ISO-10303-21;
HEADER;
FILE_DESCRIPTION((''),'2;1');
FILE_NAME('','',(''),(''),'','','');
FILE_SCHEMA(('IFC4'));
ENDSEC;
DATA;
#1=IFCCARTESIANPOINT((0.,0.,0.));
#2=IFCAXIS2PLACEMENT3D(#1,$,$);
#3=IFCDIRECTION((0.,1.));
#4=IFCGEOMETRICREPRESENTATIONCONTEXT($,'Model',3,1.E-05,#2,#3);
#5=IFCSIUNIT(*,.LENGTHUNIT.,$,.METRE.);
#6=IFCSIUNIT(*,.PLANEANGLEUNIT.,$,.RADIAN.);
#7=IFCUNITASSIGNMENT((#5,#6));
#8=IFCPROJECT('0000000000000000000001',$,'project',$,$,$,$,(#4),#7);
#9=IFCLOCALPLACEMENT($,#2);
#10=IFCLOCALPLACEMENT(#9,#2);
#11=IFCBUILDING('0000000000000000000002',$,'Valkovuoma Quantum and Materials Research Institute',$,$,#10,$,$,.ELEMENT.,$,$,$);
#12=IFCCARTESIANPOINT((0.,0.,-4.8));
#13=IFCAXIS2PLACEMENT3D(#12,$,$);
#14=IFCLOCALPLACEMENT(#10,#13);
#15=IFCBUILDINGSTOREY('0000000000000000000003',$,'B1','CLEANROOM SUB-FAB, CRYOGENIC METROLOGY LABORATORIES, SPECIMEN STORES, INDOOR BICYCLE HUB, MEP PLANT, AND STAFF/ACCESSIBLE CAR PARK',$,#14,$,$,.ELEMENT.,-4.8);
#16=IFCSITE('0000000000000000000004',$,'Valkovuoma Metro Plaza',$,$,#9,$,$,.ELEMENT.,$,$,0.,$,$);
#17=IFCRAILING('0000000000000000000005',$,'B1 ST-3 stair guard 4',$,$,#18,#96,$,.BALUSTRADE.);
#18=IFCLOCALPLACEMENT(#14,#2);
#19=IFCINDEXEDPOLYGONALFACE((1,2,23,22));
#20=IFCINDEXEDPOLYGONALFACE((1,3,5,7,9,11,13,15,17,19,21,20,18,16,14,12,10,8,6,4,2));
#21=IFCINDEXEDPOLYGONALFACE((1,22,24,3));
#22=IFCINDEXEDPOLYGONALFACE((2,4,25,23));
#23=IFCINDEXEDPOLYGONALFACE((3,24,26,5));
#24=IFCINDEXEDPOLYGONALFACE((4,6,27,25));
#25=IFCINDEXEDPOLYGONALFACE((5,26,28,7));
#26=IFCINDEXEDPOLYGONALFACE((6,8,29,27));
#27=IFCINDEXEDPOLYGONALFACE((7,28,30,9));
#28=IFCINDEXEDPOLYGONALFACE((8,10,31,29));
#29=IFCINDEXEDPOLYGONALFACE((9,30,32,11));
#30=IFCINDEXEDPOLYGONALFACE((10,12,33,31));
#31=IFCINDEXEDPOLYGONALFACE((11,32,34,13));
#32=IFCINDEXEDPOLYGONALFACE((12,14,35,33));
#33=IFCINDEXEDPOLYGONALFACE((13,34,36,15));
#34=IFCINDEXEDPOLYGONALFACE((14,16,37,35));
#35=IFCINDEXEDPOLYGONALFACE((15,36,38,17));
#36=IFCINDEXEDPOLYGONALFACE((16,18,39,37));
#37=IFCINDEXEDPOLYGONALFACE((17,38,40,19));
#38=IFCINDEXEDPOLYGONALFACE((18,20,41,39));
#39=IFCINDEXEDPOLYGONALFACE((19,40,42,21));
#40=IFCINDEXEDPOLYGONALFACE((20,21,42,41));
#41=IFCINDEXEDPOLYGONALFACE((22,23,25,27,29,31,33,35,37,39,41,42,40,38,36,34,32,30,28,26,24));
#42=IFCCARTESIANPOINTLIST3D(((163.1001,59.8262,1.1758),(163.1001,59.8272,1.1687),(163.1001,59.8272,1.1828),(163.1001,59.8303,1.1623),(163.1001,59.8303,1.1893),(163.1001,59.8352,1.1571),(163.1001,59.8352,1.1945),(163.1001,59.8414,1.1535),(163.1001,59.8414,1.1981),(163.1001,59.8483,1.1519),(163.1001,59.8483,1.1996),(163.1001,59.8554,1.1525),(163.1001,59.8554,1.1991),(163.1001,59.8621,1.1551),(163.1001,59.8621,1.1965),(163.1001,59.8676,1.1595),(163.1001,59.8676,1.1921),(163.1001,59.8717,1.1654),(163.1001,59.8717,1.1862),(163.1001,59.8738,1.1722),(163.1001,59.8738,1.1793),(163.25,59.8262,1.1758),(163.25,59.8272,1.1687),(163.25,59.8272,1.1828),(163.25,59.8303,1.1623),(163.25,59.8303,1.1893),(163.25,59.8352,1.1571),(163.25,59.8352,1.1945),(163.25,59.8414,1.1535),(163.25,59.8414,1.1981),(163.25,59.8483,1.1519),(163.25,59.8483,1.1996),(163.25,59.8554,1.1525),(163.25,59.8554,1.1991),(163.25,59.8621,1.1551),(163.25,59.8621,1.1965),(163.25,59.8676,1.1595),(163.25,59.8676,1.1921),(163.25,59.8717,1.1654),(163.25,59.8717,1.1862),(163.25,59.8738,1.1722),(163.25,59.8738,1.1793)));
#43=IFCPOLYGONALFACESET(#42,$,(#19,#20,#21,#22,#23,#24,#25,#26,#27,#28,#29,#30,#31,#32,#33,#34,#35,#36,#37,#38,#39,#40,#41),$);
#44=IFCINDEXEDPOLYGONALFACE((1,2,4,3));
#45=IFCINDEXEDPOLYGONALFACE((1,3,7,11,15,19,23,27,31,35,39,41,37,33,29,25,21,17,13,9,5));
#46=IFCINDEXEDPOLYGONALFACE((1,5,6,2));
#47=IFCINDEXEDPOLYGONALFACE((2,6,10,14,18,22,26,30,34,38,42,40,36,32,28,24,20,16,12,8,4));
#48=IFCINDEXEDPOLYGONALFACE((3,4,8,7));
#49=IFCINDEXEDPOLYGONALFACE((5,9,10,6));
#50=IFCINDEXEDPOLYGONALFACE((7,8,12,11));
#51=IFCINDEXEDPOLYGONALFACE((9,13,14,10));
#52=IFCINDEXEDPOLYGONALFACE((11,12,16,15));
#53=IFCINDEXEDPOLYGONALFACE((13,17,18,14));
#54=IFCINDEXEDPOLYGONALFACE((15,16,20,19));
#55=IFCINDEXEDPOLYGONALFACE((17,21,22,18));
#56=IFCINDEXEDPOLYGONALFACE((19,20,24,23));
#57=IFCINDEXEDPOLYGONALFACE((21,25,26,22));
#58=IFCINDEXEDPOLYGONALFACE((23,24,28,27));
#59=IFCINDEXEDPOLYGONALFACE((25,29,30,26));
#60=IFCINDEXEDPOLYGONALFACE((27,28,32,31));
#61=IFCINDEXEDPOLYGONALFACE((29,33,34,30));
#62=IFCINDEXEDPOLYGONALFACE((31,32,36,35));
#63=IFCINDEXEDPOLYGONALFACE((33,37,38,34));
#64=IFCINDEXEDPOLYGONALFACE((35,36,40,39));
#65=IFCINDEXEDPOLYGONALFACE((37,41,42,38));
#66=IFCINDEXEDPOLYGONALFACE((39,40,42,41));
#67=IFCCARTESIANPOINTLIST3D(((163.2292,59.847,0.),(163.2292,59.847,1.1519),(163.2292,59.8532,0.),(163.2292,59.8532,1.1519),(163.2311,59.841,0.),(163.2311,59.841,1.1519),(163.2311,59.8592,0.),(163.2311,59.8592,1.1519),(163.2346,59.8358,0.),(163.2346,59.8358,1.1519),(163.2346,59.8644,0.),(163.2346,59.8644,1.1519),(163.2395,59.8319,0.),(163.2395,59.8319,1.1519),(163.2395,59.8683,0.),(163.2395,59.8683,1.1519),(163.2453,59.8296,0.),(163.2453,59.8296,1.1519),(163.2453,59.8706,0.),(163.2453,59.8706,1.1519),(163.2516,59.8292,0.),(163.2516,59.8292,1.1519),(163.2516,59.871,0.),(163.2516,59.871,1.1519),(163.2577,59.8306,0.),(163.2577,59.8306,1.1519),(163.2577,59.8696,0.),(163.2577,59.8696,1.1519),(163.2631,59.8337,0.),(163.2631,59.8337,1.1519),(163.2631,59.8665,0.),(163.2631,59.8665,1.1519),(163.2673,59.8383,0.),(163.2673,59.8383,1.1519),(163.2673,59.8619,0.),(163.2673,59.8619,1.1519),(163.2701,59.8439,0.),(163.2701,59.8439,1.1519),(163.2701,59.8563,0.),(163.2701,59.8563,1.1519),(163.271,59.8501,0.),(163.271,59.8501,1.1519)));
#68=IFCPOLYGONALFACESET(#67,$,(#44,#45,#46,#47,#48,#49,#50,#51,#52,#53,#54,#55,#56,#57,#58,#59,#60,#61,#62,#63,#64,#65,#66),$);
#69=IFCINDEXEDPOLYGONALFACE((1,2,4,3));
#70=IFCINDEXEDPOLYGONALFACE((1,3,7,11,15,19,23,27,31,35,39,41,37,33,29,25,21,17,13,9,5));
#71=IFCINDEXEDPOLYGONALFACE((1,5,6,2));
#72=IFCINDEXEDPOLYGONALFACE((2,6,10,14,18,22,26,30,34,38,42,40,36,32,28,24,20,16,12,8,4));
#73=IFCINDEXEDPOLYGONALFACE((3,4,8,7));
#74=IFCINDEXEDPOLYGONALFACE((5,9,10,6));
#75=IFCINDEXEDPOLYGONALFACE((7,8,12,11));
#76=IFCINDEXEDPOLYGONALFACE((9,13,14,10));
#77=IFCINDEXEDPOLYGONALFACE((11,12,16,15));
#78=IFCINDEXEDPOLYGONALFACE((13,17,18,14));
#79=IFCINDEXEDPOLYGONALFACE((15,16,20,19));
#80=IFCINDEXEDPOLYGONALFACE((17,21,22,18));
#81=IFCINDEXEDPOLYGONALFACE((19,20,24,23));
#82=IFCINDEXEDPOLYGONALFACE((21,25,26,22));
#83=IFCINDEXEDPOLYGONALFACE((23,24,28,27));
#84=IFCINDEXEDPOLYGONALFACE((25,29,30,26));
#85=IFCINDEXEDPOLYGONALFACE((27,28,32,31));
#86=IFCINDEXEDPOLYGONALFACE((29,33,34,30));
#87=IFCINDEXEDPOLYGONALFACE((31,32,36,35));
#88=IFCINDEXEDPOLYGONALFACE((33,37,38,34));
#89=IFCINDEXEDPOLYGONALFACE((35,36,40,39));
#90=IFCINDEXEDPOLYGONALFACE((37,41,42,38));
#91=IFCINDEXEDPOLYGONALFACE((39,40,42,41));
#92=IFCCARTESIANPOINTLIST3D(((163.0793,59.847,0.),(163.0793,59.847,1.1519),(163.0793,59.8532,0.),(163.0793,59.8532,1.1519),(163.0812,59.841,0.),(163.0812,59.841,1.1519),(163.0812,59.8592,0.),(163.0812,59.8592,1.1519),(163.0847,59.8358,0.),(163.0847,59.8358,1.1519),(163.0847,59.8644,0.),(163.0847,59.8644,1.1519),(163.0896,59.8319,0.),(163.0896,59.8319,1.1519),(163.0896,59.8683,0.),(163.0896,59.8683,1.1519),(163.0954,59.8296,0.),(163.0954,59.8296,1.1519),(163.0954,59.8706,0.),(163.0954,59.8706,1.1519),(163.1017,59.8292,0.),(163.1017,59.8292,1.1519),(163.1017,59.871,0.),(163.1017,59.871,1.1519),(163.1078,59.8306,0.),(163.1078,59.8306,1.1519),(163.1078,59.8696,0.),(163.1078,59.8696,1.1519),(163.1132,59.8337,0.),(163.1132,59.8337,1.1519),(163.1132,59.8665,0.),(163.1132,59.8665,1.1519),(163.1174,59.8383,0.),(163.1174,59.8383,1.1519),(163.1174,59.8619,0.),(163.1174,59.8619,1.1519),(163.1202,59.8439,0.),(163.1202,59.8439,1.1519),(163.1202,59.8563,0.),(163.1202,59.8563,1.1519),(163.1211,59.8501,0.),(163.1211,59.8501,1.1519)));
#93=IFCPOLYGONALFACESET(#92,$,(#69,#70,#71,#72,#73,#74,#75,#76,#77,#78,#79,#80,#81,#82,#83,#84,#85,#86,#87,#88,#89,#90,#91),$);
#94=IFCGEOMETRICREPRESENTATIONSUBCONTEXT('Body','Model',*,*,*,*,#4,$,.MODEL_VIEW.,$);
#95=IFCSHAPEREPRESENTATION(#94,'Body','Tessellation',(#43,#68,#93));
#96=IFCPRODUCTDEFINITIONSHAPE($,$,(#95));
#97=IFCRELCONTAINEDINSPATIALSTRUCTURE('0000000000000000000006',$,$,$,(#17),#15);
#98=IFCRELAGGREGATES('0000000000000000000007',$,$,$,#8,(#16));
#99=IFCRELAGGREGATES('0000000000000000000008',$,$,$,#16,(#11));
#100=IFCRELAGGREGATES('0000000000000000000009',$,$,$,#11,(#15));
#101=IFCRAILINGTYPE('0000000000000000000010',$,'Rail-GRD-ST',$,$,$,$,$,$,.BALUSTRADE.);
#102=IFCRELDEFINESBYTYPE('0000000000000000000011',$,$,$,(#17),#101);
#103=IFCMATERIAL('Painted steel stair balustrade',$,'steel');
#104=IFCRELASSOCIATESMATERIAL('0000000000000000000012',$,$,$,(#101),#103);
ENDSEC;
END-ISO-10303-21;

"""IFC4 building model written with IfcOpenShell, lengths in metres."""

from ifc_helpers import new_model, si_unit, direction, frame, origin, origin_2d, place, context, subcontext, project, spatial, circle, extrude, material, type_object, element, save


model = new_model("IFC4")

# Units and contexts
model_context = context("Model", 3, precision=1e-05, world=origin(), true_north=direction((0.0, 1.0)))
body_context = subcontext(model_context, "Body", "Model", "MODEL_VIEW")
ifc_project = project(units=[si_unit("LENGTHUNIT", "METRE"), si_unit("PLANEANGLEUNIT", "RADIAN")], contexts=[model_context])

# Site, building, storey
site_placement = place(None, origin())
site = spatial("IfcSite", under=ifc_project, at=site_placement, Name="Valkovuoma Metro Plaza", CompositionType="ELEMENT", RefElevation=0.0)
building_placement = place(site_placement, origin())
building = spatial("IfcBuilding", under=site, at=building_placement, Name="Valkovuoma Quantum and Materials Research Institute", CompositionType="ELEMENT")
storey_placement = place(building_placement, frame((0.0, 0.0, -4.8)))
storey = spatial("IfcBuildingStorey", under=building, at=storey_placement, Name="B1", Description="CLEANROOM SUB-FAB, CRYOGENIC METROLOGY LABORATORIES, SPECIMEN STORES, INDOOR BICYCLE HUB, MEP PLANT, AND STAFF/ACCESSIBLE CAR PARK", CompositionType="ELEMENT", Elevation=-4.8)

# Railing
ifc_material_1 = material(Name="Painted steel stair balustrade", Category="steel")
railing_type_1 = type_object("IfcRailingType", Name="Rail-GRD-ST", PredefinedType="BALUSTRADE", material=ifc_material_1)
railing_1_placement = place(storey_placement, frame((163.25, 59.8501, 0.0)))
element("IfcRailing", 1, at=railing_1_placement, inside=storey, type_object=railing_type_1, Name="B1 ST-3 stair guard 4", PredefinedType="BALUSTRADE", context=body_context, shape_type="SweptSolid", body=[
    extrude(circle(Radius=0.0239, at=origin_2d()), frame((0.0, 0.0, 1.1758), z_axis=(-1.0, 0.0, 0.0), x_axis=(0.0, -1.0, 0.0)), (0.0, 0.0, 1.0), 0.1499),
    extrude(circle(Radius=0.021, at=origin_2d()), origin(), (0.0, 0.0, 1.0), 1.1519),
    extrude(circle(Radius=0.021, at=origin_2d()), frame((-0.1499, 0.0, 0.0)), (0.0, 0.0, 1.0), 1.1519),
])

save(model, "model.ifc")
